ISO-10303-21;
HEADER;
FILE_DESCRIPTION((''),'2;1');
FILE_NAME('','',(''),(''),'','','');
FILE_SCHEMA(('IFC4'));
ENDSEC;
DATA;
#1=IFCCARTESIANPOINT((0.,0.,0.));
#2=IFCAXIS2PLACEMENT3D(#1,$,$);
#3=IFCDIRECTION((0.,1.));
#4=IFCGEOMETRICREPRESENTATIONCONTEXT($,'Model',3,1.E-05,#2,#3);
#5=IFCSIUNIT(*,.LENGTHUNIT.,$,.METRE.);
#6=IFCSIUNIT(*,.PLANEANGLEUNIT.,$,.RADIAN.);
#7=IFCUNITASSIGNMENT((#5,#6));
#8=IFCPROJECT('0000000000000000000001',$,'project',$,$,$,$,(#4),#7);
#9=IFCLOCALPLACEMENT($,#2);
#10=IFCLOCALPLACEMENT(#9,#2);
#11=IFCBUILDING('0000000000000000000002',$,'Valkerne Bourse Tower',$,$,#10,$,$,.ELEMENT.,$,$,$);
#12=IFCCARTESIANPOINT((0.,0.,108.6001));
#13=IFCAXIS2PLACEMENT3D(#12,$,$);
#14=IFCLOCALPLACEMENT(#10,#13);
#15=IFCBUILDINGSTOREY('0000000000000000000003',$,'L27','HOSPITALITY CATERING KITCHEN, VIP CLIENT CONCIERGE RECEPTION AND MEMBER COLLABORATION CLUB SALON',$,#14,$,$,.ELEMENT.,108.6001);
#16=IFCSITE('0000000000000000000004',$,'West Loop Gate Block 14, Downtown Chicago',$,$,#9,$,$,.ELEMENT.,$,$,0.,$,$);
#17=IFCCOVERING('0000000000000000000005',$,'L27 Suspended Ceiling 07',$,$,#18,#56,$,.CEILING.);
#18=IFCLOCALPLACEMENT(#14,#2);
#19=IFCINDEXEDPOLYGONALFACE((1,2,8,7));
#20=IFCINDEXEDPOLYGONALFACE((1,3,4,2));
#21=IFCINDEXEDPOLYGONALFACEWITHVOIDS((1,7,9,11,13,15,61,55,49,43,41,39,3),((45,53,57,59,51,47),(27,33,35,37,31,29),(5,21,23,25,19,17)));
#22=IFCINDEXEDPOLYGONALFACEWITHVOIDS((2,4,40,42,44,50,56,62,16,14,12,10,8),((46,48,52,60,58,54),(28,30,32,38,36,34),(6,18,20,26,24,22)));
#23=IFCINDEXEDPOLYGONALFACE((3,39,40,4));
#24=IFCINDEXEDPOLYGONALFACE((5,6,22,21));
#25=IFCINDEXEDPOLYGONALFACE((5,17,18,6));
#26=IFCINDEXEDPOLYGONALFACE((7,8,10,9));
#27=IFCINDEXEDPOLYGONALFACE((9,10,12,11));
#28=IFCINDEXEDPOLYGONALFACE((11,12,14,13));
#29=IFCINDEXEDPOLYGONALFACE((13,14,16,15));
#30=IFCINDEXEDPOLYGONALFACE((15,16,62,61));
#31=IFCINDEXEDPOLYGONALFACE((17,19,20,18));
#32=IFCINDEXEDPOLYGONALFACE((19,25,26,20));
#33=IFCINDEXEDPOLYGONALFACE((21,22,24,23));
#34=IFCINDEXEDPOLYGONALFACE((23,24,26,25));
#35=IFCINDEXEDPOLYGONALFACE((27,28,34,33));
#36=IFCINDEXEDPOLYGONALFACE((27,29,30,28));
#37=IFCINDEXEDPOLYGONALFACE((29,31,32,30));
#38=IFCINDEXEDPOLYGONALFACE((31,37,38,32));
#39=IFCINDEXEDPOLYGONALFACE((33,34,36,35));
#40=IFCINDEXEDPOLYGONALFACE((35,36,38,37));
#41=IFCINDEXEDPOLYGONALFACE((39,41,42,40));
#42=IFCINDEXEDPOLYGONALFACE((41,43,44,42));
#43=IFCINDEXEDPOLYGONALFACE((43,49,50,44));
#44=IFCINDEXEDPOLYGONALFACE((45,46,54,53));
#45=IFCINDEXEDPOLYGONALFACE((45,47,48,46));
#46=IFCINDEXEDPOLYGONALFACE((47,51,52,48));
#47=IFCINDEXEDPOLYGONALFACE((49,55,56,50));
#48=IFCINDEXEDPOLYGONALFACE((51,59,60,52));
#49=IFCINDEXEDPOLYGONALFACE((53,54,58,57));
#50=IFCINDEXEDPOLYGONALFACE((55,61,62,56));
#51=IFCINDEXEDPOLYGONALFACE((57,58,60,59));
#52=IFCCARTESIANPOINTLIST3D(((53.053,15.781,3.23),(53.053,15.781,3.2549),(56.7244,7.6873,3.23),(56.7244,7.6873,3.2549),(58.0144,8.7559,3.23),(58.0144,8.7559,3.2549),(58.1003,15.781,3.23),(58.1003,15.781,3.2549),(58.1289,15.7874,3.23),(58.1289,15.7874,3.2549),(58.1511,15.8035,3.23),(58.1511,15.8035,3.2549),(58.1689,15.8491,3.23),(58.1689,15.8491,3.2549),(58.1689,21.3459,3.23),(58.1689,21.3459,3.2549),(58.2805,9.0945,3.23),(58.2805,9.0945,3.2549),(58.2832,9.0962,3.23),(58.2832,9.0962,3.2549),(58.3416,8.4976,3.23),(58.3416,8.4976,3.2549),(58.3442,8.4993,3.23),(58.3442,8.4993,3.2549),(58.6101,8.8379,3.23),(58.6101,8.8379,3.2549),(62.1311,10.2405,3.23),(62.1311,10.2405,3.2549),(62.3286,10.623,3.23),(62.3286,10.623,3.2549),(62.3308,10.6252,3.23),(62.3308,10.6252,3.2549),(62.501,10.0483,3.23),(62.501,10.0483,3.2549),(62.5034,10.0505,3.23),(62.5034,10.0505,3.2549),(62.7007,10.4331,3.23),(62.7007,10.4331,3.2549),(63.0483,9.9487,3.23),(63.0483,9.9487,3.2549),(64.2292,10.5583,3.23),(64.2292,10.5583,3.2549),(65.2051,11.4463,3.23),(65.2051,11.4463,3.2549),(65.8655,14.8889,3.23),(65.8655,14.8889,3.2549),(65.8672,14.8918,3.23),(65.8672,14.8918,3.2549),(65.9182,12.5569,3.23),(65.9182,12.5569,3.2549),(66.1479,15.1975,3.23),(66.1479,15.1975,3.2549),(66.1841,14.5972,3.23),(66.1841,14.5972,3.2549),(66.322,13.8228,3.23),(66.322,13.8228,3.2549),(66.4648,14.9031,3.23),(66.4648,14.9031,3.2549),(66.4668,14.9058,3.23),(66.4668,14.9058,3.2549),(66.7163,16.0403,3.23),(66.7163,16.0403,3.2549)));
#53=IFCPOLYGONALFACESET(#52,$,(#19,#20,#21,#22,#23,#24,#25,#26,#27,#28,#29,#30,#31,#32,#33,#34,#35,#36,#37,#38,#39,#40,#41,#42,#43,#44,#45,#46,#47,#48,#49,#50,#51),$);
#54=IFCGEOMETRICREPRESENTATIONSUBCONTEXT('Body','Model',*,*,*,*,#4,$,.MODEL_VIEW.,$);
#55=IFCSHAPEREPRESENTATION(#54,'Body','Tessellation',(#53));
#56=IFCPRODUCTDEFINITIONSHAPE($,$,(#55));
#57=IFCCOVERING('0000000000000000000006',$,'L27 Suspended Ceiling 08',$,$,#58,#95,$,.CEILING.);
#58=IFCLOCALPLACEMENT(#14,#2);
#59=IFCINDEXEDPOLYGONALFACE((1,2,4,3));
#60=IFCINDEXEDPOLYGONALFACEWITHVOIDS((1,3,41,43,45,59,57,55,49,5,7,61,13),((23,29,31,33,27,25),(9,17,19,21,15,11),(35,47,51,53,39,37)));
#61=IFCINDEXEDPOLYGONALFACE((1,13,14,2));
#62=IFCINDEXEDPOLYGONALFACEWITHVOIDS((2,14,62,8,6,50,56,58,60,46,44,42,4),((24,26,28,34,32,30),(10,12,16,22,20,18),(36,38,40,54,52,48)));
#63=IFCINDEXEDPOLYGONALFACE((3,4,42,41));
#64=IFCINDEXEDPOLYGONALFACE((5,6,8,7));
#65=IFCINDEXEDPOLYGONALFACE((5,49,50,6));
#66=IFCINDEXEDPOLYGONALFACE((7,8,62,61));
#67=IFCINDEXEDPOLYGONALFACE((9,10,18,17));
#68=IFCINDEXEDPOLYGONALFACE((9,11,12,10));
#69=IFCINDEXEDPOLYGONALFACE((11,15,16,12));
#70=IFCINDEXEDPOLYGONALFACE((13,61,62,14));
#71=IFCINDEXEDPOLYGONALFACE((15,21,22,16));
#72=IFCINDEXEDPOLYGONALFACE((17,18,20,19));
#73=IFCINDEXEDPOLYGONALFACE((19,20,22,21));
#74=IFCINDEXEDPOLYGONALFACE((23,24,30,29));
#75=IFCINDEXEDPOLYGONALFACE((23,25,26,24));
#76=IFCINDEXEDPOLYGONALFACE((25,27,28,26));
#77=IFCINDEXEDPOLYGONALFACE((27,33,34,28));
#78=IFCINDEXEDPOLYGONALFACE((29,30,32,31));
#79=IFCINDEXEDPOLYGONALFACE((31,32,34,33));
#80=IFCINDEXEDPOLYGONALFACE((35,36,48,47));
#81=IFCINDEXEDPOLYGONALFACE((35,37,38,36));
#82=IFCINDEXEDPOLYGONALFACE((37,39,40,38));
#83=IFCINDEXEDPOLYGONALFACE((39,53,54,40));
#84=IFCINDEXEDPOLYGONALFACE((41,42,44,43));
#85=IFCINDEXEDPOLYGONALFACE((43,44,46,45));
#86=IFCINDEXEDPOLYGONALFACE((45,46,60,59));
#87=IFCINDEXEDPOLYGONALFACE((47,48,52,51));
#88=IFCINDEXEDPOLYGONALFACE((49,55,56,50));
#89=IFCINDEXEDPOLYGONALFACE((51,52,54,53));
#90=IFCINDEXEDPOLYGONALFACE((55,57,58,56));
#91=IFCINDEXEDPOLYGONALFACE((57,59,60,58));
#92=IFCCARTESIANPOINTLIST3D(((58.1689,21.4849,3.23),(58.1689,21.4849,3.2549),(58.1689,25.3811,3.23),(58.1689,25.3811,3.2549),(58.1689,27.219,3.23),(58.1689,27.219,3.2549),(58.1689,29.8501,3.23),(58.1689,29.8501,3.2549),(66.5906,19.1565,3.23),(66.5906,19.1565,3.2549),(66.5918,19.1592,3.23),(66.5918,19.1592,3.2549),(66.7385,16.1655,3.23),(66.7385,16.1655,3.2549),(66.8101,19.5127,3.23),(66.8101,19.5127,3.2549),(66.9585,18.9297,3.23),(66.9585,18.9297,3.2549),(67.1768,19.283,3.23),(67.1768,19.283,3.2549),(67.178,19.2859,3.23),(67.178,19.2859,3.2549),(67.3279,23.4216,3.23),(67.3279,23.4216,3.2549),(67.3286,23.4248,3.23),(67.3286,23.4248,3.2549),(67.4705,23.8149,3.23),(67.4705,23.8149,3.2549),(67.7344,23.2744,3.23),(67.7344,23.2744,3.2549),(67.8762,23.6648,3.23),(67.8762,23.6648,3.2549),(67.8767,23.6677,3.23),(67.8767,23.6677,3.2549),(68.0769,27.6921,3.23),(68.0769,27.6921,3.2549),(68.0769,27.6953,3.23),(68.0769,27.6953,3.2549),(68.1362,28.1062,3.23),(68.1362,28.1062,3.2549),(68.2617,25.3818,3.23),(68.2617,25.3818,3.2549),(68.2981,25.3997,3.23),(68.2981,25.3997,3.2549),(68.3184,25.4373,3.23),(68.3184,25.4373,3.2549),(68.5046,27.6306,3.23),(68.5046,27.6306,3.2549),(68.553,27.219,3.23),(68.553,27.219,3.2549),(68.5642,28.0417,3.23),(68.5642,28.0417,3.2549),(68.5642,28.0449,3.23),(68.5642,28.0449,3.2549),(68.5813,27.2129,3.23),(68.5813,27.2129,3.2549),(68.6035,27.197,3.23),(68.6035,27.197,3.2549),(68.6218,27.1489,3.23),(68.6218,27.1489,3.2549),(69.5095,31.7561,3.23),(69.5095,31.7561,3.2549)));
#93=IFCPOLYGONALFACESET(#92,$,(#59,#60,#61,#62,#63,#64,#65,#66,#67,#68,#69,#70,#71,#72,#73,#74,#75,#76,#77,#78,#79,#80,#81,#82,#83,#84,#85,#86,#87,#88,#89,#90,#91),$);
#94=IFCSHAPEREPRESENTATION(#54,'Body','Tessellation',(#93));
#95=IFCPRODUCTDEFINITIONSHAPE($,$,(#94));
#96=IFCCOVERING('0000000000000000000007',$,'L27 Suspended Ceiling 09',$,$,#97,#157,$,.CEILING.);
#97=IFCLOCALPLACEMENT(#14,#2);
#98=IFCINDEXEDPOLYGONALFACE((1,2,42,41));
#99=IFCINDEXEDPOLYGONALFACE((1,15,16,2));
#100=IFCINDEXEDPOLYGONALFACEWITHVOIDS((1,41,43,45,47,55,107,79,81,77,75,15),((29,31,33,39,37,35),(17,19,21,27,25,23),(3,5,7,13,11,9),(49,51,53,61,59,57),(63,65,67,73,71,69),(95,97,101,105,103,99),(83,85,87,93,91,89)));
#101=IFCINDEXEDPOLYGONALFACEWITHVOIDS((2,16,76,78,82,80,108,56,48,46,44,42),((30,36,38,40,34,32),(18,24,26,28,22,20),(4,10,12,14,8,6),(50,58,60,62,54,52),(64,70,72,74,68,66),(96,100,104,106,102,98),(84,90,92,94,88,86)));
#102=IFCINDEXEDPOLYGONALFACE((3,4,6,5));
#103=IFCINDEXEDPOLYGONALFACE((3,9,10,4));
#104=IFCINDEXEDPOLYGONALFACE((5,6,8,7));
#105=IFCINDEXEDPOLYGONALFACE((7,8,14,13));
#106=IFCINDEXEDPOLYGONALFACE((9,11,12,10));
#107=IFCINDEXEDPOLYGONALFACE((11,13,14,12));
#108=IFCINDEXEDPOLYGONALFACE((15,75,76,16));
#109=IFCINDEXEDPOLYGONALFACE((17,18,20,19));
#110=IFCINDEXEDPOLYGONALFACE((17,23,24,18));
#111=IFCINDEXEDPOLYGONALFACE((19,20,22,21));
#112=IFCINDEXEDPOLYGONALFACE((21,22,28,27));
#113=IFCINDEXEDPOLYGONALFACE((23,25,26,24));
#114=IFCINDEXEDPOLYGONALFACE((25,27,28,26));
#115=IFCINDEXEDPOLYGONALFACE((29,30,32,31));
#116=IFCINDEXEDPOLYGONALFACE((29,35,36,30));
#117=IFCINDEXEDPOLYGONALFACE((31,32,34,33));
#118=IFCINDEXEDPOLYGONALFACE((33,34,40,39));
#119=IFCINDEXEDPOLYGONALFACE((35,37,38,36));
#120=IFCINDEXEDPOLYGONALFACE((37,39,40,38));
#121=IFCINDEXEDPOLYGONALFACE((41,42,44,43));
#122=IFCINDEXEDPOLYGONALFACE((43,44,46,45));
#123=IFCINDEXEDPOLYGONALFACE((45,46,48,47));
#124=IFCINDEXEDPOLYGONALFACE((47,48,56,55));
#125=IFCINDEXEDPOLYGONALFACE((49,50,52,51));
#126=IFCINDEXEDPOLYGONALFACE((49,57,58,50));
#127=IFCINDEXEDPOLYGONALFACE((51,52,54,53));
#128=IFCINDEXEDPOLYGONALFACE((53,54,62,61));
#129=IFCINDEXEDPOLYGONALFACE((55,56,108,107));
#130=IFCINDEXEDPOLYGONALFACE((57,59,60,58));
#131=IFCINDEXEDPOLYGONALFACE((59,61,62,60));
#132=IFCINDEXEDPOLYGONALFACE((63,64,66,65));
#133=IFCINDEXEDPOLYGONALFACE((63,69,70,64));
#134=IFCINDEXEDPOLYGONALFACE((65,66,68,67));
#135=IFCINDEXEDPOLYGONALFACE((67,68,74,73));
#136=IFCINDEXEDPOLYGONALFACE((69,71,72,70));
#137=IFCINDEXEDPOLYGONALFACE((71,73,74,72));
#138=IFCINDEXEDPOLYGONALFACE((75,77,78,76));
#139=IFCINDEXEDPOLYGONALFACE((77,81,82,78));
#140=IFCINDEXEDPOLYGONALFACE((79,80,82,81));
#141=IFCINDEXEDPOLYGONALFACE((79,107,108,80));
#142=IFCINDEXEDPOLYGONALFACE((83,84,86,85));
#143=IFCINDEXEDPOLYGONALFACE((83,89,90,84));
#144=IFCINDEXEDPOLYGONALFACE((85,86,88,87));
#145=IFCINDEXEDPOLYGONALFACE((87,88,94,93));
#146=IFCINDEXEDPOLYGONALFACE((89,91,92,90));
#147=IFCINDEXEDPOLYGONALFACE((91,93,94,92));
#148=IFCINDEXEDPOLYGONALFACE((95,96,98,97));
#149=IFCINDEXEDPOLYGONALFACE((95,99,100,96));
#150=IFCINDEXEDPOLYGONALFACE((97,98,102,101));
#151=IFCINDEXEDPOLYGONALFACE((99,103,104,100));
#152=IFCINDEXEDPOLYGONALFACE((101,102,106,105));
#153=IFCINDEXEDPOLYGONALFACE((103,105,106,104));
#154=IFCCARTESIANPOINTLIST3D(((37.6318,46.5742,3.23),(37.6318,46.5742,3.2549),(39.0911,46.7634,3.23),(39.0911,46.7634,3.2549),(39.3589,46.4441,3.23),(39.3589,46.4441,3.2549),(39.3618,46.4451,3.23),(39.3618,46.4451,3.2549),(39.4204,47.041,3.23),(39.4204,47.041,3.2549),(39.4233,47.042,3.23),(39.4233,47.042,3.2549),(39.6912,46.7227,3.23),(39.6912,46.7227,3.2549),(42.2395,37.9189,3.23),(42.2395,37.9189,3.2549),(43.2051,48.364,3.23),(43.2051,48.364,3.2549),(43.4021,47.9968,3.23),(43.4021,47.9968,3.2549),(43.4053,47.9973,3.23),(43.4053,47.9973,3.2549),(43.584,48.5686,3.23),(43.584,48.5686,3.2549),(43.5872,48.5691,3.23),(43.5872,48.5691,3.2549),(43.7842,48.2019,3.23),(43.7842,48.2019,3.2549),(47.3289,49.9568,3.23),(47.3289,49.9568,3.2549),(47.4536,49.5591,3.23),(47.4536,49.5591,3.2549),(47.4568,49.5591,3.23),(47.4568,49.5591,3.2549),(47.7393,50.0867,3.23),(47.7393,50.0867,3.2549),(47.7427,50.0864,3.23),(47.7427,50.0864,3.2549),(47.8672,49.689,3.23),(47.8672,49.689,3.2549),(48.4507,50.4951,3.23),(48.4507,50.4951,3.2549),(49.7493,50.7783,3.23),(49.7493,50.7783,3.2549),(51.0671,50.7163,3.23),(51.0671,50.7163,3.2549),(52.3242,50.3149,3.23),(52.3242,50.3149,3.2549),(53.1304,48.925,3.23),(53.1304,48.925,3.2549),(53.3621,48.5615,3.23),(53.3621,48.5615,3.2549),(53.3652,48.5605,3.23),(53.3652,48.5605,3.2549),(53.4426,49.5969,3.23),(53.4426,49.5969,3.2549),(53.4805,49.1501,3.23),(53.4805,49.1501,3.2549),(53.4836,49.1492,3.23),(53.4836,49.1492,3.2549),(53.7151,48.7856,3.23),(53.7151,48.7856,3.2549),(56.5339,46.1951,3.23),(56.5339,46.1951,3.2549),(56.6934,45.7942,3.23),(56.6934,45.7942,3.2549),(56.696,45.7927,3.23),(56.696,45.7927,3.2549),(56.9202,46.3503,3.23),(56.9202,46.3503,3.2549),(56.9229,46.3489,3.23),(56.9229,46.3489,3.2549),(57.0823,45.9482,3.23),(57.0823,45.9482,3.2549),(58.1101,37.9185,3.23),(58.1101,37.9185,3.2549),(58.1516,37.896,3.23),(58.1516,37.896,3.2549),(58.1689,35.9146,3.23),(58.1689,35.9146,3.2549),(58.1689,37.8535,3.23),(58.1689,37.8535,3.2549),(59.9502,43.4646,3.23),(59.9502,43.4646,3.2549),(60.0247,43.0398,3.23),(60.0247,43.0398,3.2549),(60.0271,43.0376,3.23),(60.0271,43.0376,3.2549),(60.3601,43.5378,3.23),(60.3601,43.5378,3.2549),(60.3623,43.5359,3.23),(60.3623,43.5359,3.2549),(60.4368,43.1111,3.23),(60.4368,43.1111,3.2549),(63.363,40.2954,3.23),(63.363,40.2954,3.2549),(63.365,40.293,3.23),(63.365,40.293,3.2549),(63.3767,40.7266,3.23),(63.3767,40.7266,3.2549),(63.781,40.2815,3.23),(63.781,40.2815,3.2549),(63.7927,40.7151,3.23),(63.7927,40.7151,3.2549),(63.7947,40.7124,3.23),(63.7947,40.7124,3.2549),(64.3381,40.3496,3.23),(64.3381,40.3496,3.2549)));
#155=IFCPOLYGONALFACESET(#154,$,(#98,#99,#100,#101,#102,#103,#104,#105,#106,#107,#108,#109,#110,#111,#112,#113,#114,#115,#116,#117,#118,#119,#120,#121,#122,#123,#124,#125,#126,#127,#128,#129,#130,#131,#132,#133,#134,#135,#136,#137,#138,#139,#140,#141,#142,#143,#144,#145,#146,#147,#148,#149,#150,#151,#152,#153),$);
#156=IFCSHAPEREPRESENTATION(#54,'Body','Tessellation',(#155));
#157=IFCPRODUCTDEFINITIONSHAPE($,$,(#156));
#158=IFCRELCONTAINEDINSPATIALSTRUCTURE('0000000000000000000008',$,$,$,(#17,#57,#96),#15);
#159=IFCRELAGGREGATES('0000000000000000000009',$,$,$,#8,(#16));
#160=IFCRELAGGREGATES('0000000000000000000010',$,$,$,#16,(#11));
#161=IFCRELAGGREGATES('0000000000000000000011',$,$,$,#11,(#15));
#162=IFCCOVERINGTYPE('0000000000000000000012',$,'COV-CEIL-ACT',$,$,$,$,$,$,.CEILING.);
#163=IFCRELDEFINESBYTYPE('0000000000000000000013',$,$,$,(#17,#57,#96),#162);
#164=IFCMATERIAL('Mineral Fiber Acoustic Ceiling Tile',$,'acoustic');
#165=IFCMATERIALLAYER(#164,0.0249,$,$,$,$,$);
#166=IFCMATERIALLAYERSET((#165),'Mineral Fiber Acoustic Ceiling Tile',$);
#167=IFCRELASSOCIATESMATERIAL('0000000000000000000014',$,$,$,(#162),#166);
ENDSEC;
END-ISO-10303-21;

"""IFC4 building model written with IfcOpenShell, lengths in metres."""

from ifc_helpers import new_model, si_unit, direction, frame, origin, place, context, subcontext, project, spatial, polyline, outline, extrude, material, layer, layer_set, type_object, element, save


model = new_model("IFC4")

# Units and contexts
model_context = context("Model", 3, precision=1e-05, world=origin(), true_north=direction((0.0, 1.0)))
body_context = subcontext(model_context, "Body", "Model", "MODEL_VIEW")
ifc_project = project(units=[si_unit("LENGTHUNIT", "METRE"), si_unit("PLANEANGLEUNIT", "RADIAN")], contexts=[model_context])

# Site, building, storey
site_placement = place(None, origin())
site = spatial("IfcSite", under=ifc_project, at=site_placement, Name="West Loop Gate Block 14, Downtown Chicago", CompositionType="ELEMENT", RefElevation=0.0)
building_placement = place(site_placement, origin())
building = spatial("IfcBuilding", under=site, at=building_placement, Name="Valkerne Bourse Tower", CompositionType="ELEMENT")
storey_placement = place(building_placement, frame((0.0, 0.0, 108.6001)))
storey = spatial("IfcBuildingStorey", under=building, at=storey_placement, Name="L27", Description="HOSPITALITY CATERING KITCHEN, VIP CLIENT CONCIERGE RECEPTION AND MEMBER COLLABORATION CLUB SALON", CompositionType="ELEMENT", Elevation=108.6001)

# Coverings
ifc_material_1 = material(Name="Mineral Fiber Acoustic Ceiling Tile", Category="acoustic")
ifc_layer_1 = layer(ifc_material_1, 0.0249)
ifc_layer_set_1 = layer_set([ifc_layer_1], Name="Mineral Fiber Acoustic Ceiling Tile")
covering_type_1 = type_object("IfcCoveringType", Name="COV-CEIL-ACT", PredefinedType="CEILING", material=ifc_layer_set_1)
covering_1_placement = place(storey_placement, frame((0.0, 0.0, 3.23)))
element("IfcCovering", 1, at=covering_1_placement, inside=storey, type_object=covering_type_1, Name="L27 Suspended Ceiling 07", PredefinedType="CEILING", context=body_context, shape_type="SweptSolid", body=[
    extrude(outline(polyline([(64.2292, 10.5583), (63.0483, 9.9487), (56.7244, 7.6873), (53.053, 15.781), (58.1003, 15.781), (58.1289, 15.7874), (58.1511, 15.8035), (58.1689, 15.8491), (58.1689, 21.3459), (66.7163, 16.0403), (66.322, 13.8228), (65.9182, 12.5569), (65.2051, 11.4463), (64.2292, 10.5583)]), holes=[polyline([(58.3442, 8.4993), (58.6101, 8.8379), (58.2832, 9.0962), (58.2805, 9.0945), (58.0144, 8.7559), (58.3416, 8.4976), (58.3442, 8.4993)]), polyline([(62.5034, 10.0505), (62.7007, 10.4331), (62.3308, 10.6252), (62.3286, 10.623), (62.1311, 10.2405), (62.501, 10.0483), (62.5034, 10.0505)]), polyline([(66.4668, 14.9058), (66.1479, 15.1975), (65.8672, 14.8918), (65.8655, 14.8889), (66.1841, 14.5972), (66.4648, 14.9031), (66.4668, 14.9058)])]), origin(), (0.0, 0.0, 1.0), 0.0249),
])
covering_2_placement = place(storey_placement, frame((0.0, 0.0, 3.23)))
element("IfcCovering", 2, at=covering_2_placement, inside=storey, type_object=covering_type_1, Name="L27 Suspended Ceiling 08", PredefinedType="CEILING", context=body_context, shape_type="SweptSolid", body=[
    extrude(outline(polyline([(58.1689, 25.3811), (68.2617, 25.3818), (68.2981, 25.3997), (68.3184, 25.4373), (68.6218, 27.1489), (68.6035, 27.197), (68.5813, 27.2129), (68.553, 27.219), (58.1689, 27.219), (58.1689, 29.8501), (69.5095, 31.7561), (66.7385, 16.1655), (58.1689, 21.4849), (58.1689, 25.3811)]), holes=[polyline([(67.178, 19.2859), (66.8101, 19.5127), (66.5918, 19.1592), (66.5906, 19.1565), (66.9585, 18.9297), (67.1768, 19.283), (67.178, 19.2859)]), polyline([(67.8767, 23.6677), (67.4705, 23.8149), (67.3286, 23.4248), (67.3279, 23.4216), (67.7344, 23.2744), (67.8762, 23.6648), (67.8767, 23.6677)]), polyline([(68.5642, 28.0417), (68.5642, 28.0449), (68.1362, 28.1062), (68.0769, 27.6953), (68.0769, 27.6921), (68.5046, 27.6306), (68.5642, 28.0417)])]), origin(), (0.0, 0.0, 1.0), 0.0249),
])
covering_3_placement = place(storey_placement, frame((0.0, 0.0, 3.23)))
element("IfcCovering", 3, at=covering_3_placement, inside=storey, type_object=covering_type_1, Name="L27 Suspended Ceiling 09", PredefinedType="CEILING", context=body_context, shape_type="SweptSolid", body=[
    extrude(outline(polyline([(51.0671, 50.7163), (52.3242, 50.3149), (53.4426, 49.5969), (64.3381, 40.3496), (58.1689, 35.9146), (58.1689, 37.8535), (58.1516, 37.896), (58.1101, 37.9185), (42.2395, 37.9189), (37.6318, 46.5742), (48.4507, 50.4951), (49.7493, 50.7783), (51.0671, 50.7163)]), holes=[polyline([(39.3618, 46.4451), (39.6912, 46.7227), (39.4233, 47.042), (39.4204, 47.041), (39.0911, 46.7634), (39.3589, 46.4441), (39.3618, 46.4451)]), polyline([(43.7842, 48.2019), (43.5872, 48.5691), (43.584, 48.5686), (43.2051, 48.364), (43.4021, 47.9968), (43.4053, 47.9973), (43.7842, 48.2019)]), polyline([(53.4836, 49.1492), (53.4805, 49.1501), (53.1304, 48.925), (53.3621, 48.5615), (53.3652, 48.5605), (53.7151, 48.7856), (53.4836, 49.1492)]), polyline([(47.7427, 50.0864), (47.7393, 50.0867), (47.3289, 49.9568), (47.4536, 49.5591), (47.4568, 49.5591), (47.8672, 49.689), (47.7427, 50.0864)]), polyline([(63.7947, 40.7124), (63.7927, 40.7151), (63.3767, 40.7266), (63.363, 40.2954), (63.365, 40.293), (63.781, 40.2815), (63.7947, 40.7124)]), polyline([(60.3623, 43.5359), (60.3601, 43.5378), (59.9502, 43.4646), (60.0247, 43.0398), (60.0271, 43.0376), (60.4368, 43.1111), (60.3623, 43.5359)]), polyline([(57.0823, 45.9482), (56.9229, 46.3489), (56.9202, 46.3503), (56.5339, 46.1951), (56.6934, 45.7942), (56.696, 45.7927), (57.0823, 45.9482)])]), origin(), (0.0, 0.0, 1.0), 0.0249),
])

save(model, "model.ifc")
